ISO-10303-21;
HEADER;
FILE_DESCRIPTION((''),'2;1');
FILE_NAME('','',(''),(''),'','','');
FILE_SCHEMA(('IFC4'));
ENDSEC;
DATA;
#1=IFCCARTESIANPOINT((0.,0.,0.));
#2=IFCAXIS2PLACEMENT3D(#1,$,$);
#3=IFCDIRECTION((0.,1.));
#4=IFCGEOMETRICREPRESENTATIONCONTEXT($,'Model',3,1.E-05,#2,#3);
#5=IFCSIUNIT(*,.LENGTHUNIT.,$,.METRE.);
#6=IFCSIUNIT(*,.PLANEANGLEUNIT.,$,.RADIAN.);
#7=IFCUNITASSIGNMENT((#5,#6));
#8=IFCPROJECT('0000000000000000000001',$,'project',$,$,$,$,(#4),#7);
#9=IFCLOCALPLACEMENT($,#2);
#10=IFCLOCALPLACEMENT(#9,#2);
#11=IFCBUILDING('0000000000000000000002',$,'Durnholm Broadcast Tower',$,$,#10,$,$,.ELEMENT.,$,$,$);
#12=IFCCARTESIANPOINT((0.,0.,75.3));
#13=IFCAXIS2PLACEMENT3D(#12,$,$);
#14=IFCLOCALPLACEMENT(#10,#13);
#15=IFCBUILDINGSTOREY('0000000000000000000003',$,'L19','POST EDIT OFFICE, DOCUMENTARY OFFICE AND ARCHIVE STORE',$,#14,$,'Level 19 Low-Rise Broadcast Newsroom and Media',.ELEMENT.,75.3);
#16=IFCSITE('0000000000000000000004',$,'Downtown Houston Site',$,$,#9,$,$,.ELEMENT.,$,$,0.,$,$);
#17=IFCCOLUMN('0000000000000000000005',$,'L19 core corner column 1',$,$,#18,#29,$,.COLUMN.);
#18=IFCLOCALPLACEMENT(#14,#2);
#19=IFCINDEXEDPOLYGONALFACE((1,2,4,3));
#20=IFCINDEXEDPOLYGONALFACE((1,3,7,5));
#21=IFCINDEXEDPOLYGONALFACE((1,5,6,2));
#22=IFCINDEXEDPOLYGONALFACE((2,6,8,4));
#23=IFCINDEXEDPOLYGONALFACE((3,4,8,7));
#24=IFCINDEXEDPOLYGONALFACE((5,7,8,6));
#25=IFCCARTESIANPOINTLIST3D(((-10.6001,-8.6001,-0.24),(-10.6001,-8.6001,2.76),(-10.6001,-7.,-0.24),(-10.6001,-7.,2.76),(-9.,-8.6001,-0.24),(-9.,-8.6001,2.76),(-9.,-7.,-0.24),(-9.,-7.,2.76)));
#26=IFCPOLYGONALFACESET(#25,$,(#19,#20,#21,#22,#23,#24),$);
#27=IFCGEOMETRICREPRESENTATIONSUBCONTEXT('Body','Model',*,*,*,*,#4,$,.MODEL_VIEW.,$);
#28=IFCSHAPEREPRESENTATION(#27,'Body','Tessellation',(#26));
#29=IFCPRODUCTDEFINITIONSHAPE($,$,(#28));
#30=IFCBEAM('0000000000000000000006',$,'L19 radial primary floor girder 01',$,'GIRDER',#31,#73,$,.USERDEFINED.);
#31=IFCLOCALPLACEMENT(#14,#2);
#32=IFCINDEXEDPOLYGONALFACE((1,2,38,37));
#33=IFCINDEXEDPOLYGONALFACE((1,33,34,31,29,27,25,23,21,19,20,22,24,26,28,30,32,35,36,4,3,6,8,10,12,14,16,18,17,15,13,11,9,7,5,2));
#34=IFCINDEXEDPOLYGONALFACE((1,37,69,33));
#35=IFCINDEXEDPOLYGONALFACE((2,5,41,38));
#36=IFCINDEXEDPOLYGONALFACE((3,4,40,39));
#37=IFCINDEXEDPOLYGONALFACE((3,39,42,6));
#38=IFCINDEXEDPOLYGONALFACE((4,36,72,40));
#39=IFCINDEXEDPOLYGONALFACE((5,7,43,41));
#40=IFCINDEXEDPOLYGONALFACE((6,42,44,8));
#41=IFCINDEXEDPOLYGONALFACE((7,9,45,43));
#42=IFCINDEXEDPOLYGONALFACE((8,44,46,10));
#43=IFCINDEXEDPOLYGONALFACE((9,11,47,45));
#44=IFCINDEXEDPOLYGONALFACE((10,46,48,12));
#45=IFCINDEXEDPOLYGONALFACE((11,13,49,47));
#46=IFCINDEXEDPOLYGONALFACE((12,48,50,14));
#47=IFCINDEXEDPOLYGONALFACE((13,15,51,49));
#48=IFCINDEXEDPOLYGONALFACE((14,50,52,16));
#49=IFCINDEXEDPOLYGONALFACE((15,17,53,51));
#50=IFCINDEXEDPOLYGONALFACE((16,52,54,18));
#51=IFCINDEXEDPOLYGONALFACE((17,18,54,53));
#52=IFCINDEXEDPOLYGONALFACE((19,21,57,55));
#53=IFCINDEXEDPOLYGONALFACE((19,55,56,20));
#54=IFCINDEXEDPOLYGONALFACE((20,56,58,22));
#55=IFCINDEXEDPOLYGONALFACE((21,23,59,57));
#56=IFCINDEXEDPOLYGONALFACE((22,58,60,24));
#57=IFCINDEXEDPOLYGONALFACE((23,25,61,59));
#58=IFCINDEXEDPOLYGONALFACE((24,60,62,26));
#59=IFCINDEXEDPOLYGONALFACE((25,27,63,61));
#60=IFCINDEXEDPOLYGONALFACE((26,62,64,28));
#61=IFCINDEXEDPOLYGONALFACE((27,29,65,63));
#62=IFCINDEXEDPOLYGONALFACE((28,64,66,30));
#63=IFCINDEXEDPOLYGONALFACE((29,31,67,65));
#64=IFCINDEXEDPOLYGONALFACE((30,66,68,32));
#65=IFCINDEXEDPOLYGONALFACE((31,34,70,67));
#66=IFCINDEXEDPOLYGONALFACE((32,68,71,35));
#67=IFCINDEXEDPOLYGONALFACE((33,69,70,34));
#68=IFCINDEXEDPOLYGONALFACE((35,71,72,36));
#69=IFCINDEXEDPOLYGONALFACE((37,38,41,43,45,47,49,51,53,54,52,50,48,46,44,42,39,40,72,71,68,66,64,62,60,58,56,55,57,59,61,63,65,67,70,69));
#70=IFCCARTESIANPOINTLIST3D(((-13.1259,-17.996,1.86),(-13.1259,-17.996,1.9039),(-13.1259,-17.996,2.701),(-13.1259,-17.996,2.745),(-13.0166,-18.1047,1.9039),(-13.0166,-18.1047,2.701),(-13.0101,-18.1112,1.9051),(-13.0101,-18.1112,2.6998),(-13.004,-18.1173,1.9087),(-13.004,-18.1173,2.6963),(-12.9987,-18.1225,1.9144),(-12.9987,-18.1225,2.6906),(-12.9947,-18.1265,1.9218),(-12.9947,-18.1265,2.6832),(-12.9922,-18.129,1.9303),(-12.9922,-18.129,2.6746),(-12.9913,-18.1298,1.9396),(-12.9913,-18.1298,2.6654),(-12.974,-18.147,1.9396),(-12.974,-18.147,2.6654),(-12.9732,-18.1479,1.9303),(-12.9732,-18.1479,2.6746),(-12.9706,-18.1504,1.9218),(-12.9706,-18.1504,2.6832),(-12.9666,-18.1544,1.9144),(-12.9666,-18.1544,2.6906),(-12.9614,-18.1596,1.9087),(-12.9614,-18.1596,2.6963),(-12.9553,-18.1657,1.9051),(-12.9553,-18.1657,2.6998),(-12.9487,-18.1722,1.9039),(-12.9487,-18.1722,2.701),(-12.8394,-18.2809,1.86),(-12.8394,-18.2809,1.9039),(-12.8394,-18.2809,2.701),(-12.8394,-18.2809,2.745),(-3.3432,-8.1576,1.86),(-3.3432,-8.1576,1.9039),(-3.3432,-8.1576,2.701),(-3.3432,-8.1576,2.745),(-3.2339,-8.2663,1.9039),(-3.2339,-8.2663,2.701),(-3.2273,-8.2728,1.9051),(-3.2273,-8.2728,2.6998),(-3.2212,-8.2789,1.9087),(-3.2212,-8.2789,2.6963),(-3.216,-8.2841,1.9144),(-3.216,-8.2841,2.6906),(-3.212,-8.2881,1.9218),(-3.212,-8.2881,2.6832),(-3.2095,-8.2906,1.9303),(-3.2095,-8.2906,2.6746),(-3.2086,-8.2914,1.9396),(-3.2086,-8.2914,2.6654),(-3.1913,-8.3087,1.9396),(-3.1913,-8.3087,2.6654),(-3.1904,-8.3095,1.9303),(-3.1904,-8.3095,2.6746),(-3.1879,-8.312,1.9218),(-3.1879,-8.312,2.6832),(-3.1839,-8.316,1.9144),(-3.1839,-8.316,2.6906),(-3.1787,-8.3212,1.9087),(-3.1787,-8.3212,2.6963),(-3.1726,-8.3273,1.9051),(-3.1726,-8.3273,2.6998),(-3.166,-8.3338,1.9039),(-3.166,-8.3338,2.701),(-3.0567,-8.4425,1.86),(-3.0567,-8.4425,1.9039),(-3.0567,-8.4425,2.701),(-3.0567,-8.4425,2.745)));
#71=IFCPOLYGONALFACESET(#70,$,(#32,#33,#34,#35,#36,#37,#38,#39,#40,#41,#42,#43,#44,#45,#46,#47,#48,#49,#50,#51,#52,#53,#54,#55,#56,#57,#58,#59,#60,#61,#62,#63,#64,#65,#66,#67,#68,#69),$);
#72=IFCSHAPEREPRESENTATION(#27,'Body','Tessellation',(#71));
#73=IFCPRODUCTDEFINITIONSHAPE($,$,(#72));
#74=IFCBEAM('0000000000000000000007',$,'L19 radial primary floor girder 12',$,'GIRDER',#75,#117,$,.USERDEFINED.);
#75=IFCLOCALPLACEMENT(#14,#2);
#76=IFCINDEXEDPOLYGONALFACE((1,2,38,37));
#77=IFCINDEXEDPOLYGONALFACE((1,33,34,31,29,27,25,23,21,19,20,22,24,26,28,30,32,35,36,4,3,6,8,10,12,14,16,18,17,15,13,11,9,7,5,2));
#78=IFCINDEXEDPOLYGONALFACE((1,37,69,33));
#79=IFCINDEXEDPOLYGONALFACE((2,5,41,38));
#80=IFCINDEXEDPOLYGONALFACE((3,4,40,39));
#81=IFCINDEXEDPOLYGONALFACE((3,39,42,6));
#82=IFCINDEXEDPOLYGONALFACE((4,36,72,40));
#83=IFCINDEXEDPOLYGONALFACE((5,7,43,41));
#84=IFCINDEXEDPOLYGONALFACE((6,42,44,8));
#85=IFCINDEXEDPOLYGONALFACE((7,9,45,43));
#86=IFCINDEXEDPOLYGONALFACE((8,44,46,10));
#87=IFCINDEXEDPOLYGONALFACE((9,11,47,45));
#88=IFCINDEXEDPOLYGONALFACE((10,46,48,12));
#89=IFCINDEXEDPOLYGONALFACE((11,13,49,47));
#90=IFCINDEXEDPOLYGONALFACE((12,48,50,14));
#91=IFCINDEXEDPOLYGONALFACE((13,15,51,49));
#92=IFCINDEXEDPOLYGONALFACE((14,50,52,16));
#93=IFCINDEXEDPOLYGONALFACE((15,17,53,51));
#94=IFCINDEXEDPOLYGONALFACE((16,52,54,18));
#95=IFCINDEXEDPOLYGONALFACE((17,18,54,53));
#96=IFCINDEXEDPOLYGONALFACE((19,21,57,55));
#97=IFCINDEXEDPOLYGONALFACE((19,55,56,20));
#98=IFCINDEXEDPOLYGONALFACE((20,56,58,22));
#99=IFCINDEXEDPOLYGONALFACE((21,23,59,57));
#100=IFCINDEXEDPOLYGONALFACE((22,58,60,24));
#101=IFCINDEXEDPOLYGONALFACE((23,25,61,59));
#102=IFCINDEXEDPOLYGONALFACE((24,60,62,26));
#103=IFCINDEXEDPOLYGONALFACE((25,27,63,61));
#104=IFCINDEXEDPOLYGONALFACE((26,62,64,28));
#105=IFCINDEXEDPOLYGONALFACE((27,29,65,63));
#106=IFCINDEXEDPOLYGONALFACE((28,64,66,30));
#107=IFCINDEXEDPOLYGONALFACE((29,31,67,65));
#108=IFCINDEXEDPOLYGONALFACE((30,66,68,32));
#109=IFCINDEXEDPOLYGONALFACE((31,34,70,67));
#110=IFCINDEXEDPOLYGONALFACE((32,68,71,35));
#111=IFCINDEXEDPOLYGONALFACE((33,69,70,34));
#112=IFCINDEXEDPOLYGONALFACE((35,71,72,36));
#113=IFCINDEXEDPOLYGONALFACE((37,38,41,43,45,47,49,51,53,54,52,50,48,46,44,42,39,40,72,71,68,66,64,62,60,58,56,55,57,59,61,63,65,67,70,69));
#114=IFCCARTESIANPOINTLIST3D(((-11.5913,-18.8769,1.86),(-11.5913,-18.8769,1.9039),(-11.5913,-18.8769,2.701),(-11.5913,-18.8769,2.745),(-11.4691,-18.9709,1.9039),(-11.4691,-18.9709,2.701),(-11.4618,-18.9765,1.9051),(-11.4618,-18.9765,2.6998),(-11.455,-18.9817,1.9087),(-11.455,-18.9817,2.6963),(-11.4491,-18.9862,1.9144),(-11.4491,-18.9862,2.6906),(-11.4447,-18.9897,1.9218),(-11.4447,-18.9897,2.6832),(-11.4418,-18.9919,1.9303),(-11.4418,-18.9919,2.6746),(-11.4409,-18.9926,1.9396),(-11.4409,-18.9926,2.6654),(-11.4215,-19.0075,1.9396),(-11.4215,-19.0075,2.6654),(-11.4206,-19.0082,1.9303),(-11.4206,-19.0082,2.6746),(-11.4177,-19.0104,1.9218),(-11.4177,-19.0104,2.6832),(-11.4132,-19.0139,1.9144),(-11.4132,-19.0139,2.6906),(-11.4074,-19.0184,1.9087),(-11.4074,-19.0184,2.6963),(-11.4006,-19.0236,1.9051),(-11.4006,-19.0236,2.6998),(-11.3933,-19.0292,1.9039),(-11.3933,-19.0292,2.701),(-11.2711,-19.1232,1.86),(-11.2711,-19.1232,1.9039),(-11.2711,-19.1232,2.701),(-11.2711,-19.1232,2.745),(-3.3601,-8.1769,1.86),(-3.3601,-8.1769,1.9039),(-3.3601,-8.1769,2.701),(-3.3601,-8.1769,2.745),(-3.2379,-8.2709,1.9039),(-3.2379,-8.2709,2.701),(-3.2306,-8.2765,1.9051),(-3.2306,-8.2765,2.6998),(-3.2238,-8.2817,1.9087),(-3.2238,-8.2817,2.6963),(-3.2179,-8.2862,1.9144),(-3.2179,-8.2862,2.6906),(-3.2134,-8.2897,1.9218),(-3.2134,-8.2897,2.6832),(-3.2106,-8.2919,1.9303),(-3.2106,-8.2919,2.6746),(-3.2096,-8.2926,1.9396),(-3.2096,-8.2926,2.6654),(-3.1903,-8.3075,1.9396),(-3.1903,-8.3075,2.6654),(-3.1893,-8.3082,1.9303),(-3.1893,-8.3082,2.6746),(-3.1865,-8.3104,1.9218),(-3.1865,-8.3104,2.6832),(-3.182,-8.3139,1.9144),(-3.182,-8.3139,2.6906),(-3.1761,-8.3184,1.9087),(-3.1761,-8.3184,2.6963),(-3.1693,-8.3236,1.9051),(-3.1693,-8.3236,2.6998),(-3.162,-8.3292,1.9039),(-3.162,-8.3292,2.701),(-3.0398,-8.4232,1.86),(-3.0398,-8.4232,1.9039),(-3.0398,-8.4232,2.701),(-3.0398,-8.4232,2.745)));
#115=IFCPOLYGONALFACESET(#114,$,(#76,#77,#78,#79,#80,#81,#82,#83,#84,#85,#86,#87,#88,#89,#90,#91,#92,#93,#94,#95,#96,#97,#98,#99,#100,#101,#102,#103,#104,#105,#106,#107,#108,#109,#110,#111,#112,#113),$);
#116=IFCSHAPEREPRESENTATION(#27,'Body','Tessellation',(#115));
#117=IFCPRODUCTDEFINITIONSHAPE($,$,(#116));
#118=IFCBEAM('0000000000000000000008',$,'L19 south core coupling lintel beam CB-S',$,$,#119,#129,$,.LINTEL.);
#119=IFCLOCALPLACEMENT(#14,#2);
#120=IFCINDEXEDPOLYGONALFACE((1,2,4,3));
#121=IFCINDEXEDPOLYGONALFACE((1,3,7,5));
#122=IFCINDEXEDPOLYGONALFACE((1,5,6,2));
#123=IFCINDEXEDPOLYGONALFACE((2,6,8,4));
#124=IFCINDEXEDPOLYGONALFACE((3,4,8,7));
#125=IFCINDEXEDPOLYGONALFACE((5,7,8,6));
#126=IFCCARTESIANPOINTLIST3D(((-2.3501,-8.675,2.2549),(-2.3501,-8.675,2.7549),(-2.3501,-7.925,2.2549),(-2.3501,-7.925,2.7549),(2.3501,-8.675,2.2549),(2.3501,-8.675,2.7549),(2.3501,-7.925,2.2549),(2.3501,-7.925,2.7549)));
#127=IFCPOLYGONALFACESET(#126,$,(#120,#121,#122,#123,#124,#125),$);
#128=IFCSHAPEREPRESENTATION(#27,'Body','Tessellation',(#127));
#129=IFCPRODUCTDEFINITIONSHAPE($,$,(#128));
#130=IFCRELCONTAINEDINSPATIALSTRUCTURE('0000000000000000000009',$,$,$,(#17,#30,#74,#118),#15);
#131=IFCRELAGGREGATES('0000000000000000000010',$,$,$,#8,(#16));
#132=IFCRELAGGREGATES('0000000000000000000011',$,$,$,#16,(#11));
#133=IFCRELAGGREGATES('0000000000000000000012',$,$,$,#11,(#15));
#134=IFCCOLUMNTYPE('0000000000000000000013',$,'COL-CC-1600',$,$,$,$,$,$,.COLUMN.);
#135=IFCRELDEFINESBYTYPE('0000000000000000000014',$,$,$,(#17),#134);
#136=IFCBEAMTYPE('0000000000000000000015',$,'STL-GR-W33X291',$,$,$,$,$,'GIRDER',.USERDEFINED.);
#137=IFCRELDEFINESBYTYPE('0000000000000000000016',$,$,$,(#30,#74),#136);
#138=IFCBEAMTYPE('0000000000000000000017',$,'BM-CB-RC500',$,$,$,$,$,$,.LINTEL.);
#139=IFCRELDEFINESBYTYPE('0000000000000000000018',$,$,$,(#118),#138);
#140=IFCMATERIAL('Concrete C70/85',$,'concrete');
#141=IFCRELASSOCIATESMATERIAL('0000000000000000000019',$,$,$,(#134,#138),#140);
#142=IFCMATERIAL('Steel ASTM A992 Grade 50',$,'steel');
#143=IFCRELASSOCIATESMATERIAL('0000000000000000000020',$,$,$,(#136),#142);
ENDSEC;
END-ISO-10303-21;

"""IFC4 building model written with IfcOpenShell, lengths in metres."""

from ifc_helpers import new_model, si_unit, direction, frame, origin, origin_2d, place, context, subcontext, project, spatial, rectangle, i_section, extrude, source, transform, mapped, material, material_profile, profile_set, type_object, type_shapes, element, save


model = new_model("IFC4")

# Units and contexts
model_context = context("Model", 3, precision=1e-05, world=origin(), true_north=direction((0.0, 1.0)))
body_context = subcontext(model_context, "Body", "Model", "MODEL_VIEW")
ifc_project = project(units=[si_unit("LENGTHUNIT", "METRE"), si_unit("PLANEANGLEUNIT", "RADIAN")], contexts=[model_context])

# Site, building, storey
site_placement = place(None, origin())
site = spatial("IfcSite", under=ifc_project, at=site_placement, Name="Downtown Houston Site", CompositionType="ELEMENT", RefElevation=0.0)
building_placement = place(site_placement, origin())
building = spatial("IfcBuilding", under=site, at=building_placement, Name="Durnholm Broadcast Tower", CompositionType="ELEMENT")
storey_placement = place(building_placement, frame((0.0, 0.0, 75.3)))
storey = spatial("IfcBuildingStorey", under=building, at=storey_placement, Name="L19", Description="POST EDIT OFFICE, DOCUMENTARY OFFICE AND ARCHIVE STORE", LongName="Level 19 Low-Rise Broadcast Newsroom and Media", CompositionType="ELEMENT", Elevation=75.3)

# Column
ifc_material_1 = material(Name="Concrete C70/85", Category="concrete")
ifc_material_profile_1 = material_profile(ifc_material_1, rectangle(XDim=1.6001, YDim=1.6001, at=origin_2d()), Name="RC1600X1600")
ifc_profile_set_1 = profile_set([ifc_material_profile_1], Name="Concrete C70/85")
column_type = type_object("IfcColumnType", Name="COL-CC-1600", PredefinedType="COLUMN", material=ifc_profile_set_1)
shared_shape_1 = source(origin(), body_context, "Body", "SweptSolid", [
    extrude(rectangle(XDim=1.6001, YDim=1.6001, at=origin_2d()), origin(), (0.0, 0.0, 1.0), 3.0),
])
type_shapes(column_type, [shared_shape_1])
column_placement = place(storey_placement, frame((-9.8, -7.8, -0.24), z_axis=(0.0, 0.0, 1.0), x_axis=(1.0, 0.0, 0.0)))
element("IfcColumn", 1, at=column_placement, inside=storey, type_object=column_type, Name="L19 core corner column 1", PredefinedType="COLUMN", context=body_context, shape_type="MappedRepresentation", body=[
    mapped(shared_shape_1, transform((0.0, 0.0, 0.0), x_axis=(1.0, 0.0, 0.0), y_axis=(0.0, 1.0, 0.0), z_axis=(0.0, 0.0, 1.0), scale=1.0)),
])

# Beams
ifc_material_2 = material(Name="Steel ASTM A992 Grade 50", Category="steel")
ifc_material_profile_2 = material_profile(ifc_material_2, i_section(OverallWidth=0.4041, OverallDepth=0.885, WebThickness=0.0244, FlangeThickness=0.0439, FilletRadius=0.0356, at=origin_2d()), Name="W33X291")
ifc_profile_set_2 = profile_set([ifc_material_profile_2], Name="Steel ASTM A992 Grade 50")
beam_type_1 = type_object("IfcBeamType", Name="STL-GR-W33X291", ElementType="GIRDER", PredefinedType="USERDEFINED", material=ifc_profile_set_2)
shared_shape_2 = source(origin(), body_context, "Body", "SweptSolid", [
    extrude(i_section(OverallWidth=0.4041, OverallDepth=0.885, WebThickness=0.0244, FlangeThickness=0.0439, FilletRadius=0.0356, at=origin_2d()), origin(), (0.0, 0.0, 1.0), 13.8743),
])
beam_1_placement = place(storey_placement, frame((-3.2, -8.3, 2.3025), z_axis=(-0.705098, -0.70911, 0.0), x_axis=(0.70911, -0.705098, 0.0)))
element("IfcBeam", 2, at=beam_1_placement, inside=storey, type_object=beam_type_1, Name="L19 radial primary floor girder 01", ObjectType="GIRDER", PredefinedType="USERDEFINED", context=body_context, shape_type="MappedRepresentation", body=[
    mapped(shared_shape_2, transform((0.0, 0.0, 0.0), x_axis=(1.0, 0.0, 0.0), y_axis=(0.0, 1.0, 0.0), z_axis=(0.0, 0.0, 1.0), scale=1.0)),
])
shared_shape_3 = source(origin(), body_context, "Body", "SweptSolid", [
    extrude(i_section(OverallWidth=0.4041, OverallDepth=0.885, WebThickness=0.0244, FlangeThickness=0.0439, FilletRadius=0.0356, at=origin_2d()), origin(), (0.0, 0.0, 1.0), 13.4998),
])
type_shapes(beam_type_1, [shared_shape_2, shared_shape_3])
beam_2_placement = place(storey_placement, frame((-3.2, -8.3, 2.3025), z_axis=(-0.609733, -0.792607, 0.0), x_axis=(0.792607, -0.609733, 0.0)))
element("IfcBeam", 3, at=beam_2_placement, inside=storey, type_object=beam_type_1, Name="L19 radial primary floor girder 12", ObjectType="GIRDER", PredefinedType="USERDEFINED", context=body_context, shape_type="MappedRepresentation", body=[
    mapped(shared_shape_3, transform((0.0, 0.0, 0.0), x_axis=(1.0, 0.0, 0.0), y_axis=(0.0, 1.0, 0.0), z_axis=(0.0, 0.0, 1.0), scale=1.0)),
])
ifc_material_profile_3 = material_profile(ifc_material_1, rectangle(XDim=0.75, YDim=0.5, at=origin_2d()), Name="RC750X500")
ifc_profile_set_3 = profile_set([ifc_material_profile_3], Name="Concrete C70/85")
beam_type_2 = type_object("IfcBeamType", Name="BM-CB-RC500", PredefinedType="LINTEL", material=ifc_profile_set_3)
shared_shape_4 = source(origin(), body_context, "Body", "SweptSolid", [
    extrude(rectangle(XDim=0.75, YDim=0.5, at=origin_2d()), origin(), (0.0, 0.0, 1.0), 4.7002),
])
type_shapes(beam_type_2, [shared_shape_4])
beam_3_placement = place(storey_placement, frame((-2.3501, -8.3, 2.5049), z_axis=(1.0, 0.0, 0.0), x_axis=(0.0, 1.0, 0.0)))
element("IfcBeam", 4, at=beam_3_placement, inside=storey, type_object=beam_type_2, Name="L19 south core coupling lintel beam CB-S", PredefinedType="LINTEL", context=body_context, shape_type="MappedRepresentation", body=[
    mapped(shared_shape_4, transform((0.0, 0.0, 0.0), x_axis=(1.0, 0.0, 0.0), y_axis=(0.0, 1.0, 0.0), z_axis=(0.0, 0.0, 1.0), scale=1.0)),
])

save(model, "model.ifc")
